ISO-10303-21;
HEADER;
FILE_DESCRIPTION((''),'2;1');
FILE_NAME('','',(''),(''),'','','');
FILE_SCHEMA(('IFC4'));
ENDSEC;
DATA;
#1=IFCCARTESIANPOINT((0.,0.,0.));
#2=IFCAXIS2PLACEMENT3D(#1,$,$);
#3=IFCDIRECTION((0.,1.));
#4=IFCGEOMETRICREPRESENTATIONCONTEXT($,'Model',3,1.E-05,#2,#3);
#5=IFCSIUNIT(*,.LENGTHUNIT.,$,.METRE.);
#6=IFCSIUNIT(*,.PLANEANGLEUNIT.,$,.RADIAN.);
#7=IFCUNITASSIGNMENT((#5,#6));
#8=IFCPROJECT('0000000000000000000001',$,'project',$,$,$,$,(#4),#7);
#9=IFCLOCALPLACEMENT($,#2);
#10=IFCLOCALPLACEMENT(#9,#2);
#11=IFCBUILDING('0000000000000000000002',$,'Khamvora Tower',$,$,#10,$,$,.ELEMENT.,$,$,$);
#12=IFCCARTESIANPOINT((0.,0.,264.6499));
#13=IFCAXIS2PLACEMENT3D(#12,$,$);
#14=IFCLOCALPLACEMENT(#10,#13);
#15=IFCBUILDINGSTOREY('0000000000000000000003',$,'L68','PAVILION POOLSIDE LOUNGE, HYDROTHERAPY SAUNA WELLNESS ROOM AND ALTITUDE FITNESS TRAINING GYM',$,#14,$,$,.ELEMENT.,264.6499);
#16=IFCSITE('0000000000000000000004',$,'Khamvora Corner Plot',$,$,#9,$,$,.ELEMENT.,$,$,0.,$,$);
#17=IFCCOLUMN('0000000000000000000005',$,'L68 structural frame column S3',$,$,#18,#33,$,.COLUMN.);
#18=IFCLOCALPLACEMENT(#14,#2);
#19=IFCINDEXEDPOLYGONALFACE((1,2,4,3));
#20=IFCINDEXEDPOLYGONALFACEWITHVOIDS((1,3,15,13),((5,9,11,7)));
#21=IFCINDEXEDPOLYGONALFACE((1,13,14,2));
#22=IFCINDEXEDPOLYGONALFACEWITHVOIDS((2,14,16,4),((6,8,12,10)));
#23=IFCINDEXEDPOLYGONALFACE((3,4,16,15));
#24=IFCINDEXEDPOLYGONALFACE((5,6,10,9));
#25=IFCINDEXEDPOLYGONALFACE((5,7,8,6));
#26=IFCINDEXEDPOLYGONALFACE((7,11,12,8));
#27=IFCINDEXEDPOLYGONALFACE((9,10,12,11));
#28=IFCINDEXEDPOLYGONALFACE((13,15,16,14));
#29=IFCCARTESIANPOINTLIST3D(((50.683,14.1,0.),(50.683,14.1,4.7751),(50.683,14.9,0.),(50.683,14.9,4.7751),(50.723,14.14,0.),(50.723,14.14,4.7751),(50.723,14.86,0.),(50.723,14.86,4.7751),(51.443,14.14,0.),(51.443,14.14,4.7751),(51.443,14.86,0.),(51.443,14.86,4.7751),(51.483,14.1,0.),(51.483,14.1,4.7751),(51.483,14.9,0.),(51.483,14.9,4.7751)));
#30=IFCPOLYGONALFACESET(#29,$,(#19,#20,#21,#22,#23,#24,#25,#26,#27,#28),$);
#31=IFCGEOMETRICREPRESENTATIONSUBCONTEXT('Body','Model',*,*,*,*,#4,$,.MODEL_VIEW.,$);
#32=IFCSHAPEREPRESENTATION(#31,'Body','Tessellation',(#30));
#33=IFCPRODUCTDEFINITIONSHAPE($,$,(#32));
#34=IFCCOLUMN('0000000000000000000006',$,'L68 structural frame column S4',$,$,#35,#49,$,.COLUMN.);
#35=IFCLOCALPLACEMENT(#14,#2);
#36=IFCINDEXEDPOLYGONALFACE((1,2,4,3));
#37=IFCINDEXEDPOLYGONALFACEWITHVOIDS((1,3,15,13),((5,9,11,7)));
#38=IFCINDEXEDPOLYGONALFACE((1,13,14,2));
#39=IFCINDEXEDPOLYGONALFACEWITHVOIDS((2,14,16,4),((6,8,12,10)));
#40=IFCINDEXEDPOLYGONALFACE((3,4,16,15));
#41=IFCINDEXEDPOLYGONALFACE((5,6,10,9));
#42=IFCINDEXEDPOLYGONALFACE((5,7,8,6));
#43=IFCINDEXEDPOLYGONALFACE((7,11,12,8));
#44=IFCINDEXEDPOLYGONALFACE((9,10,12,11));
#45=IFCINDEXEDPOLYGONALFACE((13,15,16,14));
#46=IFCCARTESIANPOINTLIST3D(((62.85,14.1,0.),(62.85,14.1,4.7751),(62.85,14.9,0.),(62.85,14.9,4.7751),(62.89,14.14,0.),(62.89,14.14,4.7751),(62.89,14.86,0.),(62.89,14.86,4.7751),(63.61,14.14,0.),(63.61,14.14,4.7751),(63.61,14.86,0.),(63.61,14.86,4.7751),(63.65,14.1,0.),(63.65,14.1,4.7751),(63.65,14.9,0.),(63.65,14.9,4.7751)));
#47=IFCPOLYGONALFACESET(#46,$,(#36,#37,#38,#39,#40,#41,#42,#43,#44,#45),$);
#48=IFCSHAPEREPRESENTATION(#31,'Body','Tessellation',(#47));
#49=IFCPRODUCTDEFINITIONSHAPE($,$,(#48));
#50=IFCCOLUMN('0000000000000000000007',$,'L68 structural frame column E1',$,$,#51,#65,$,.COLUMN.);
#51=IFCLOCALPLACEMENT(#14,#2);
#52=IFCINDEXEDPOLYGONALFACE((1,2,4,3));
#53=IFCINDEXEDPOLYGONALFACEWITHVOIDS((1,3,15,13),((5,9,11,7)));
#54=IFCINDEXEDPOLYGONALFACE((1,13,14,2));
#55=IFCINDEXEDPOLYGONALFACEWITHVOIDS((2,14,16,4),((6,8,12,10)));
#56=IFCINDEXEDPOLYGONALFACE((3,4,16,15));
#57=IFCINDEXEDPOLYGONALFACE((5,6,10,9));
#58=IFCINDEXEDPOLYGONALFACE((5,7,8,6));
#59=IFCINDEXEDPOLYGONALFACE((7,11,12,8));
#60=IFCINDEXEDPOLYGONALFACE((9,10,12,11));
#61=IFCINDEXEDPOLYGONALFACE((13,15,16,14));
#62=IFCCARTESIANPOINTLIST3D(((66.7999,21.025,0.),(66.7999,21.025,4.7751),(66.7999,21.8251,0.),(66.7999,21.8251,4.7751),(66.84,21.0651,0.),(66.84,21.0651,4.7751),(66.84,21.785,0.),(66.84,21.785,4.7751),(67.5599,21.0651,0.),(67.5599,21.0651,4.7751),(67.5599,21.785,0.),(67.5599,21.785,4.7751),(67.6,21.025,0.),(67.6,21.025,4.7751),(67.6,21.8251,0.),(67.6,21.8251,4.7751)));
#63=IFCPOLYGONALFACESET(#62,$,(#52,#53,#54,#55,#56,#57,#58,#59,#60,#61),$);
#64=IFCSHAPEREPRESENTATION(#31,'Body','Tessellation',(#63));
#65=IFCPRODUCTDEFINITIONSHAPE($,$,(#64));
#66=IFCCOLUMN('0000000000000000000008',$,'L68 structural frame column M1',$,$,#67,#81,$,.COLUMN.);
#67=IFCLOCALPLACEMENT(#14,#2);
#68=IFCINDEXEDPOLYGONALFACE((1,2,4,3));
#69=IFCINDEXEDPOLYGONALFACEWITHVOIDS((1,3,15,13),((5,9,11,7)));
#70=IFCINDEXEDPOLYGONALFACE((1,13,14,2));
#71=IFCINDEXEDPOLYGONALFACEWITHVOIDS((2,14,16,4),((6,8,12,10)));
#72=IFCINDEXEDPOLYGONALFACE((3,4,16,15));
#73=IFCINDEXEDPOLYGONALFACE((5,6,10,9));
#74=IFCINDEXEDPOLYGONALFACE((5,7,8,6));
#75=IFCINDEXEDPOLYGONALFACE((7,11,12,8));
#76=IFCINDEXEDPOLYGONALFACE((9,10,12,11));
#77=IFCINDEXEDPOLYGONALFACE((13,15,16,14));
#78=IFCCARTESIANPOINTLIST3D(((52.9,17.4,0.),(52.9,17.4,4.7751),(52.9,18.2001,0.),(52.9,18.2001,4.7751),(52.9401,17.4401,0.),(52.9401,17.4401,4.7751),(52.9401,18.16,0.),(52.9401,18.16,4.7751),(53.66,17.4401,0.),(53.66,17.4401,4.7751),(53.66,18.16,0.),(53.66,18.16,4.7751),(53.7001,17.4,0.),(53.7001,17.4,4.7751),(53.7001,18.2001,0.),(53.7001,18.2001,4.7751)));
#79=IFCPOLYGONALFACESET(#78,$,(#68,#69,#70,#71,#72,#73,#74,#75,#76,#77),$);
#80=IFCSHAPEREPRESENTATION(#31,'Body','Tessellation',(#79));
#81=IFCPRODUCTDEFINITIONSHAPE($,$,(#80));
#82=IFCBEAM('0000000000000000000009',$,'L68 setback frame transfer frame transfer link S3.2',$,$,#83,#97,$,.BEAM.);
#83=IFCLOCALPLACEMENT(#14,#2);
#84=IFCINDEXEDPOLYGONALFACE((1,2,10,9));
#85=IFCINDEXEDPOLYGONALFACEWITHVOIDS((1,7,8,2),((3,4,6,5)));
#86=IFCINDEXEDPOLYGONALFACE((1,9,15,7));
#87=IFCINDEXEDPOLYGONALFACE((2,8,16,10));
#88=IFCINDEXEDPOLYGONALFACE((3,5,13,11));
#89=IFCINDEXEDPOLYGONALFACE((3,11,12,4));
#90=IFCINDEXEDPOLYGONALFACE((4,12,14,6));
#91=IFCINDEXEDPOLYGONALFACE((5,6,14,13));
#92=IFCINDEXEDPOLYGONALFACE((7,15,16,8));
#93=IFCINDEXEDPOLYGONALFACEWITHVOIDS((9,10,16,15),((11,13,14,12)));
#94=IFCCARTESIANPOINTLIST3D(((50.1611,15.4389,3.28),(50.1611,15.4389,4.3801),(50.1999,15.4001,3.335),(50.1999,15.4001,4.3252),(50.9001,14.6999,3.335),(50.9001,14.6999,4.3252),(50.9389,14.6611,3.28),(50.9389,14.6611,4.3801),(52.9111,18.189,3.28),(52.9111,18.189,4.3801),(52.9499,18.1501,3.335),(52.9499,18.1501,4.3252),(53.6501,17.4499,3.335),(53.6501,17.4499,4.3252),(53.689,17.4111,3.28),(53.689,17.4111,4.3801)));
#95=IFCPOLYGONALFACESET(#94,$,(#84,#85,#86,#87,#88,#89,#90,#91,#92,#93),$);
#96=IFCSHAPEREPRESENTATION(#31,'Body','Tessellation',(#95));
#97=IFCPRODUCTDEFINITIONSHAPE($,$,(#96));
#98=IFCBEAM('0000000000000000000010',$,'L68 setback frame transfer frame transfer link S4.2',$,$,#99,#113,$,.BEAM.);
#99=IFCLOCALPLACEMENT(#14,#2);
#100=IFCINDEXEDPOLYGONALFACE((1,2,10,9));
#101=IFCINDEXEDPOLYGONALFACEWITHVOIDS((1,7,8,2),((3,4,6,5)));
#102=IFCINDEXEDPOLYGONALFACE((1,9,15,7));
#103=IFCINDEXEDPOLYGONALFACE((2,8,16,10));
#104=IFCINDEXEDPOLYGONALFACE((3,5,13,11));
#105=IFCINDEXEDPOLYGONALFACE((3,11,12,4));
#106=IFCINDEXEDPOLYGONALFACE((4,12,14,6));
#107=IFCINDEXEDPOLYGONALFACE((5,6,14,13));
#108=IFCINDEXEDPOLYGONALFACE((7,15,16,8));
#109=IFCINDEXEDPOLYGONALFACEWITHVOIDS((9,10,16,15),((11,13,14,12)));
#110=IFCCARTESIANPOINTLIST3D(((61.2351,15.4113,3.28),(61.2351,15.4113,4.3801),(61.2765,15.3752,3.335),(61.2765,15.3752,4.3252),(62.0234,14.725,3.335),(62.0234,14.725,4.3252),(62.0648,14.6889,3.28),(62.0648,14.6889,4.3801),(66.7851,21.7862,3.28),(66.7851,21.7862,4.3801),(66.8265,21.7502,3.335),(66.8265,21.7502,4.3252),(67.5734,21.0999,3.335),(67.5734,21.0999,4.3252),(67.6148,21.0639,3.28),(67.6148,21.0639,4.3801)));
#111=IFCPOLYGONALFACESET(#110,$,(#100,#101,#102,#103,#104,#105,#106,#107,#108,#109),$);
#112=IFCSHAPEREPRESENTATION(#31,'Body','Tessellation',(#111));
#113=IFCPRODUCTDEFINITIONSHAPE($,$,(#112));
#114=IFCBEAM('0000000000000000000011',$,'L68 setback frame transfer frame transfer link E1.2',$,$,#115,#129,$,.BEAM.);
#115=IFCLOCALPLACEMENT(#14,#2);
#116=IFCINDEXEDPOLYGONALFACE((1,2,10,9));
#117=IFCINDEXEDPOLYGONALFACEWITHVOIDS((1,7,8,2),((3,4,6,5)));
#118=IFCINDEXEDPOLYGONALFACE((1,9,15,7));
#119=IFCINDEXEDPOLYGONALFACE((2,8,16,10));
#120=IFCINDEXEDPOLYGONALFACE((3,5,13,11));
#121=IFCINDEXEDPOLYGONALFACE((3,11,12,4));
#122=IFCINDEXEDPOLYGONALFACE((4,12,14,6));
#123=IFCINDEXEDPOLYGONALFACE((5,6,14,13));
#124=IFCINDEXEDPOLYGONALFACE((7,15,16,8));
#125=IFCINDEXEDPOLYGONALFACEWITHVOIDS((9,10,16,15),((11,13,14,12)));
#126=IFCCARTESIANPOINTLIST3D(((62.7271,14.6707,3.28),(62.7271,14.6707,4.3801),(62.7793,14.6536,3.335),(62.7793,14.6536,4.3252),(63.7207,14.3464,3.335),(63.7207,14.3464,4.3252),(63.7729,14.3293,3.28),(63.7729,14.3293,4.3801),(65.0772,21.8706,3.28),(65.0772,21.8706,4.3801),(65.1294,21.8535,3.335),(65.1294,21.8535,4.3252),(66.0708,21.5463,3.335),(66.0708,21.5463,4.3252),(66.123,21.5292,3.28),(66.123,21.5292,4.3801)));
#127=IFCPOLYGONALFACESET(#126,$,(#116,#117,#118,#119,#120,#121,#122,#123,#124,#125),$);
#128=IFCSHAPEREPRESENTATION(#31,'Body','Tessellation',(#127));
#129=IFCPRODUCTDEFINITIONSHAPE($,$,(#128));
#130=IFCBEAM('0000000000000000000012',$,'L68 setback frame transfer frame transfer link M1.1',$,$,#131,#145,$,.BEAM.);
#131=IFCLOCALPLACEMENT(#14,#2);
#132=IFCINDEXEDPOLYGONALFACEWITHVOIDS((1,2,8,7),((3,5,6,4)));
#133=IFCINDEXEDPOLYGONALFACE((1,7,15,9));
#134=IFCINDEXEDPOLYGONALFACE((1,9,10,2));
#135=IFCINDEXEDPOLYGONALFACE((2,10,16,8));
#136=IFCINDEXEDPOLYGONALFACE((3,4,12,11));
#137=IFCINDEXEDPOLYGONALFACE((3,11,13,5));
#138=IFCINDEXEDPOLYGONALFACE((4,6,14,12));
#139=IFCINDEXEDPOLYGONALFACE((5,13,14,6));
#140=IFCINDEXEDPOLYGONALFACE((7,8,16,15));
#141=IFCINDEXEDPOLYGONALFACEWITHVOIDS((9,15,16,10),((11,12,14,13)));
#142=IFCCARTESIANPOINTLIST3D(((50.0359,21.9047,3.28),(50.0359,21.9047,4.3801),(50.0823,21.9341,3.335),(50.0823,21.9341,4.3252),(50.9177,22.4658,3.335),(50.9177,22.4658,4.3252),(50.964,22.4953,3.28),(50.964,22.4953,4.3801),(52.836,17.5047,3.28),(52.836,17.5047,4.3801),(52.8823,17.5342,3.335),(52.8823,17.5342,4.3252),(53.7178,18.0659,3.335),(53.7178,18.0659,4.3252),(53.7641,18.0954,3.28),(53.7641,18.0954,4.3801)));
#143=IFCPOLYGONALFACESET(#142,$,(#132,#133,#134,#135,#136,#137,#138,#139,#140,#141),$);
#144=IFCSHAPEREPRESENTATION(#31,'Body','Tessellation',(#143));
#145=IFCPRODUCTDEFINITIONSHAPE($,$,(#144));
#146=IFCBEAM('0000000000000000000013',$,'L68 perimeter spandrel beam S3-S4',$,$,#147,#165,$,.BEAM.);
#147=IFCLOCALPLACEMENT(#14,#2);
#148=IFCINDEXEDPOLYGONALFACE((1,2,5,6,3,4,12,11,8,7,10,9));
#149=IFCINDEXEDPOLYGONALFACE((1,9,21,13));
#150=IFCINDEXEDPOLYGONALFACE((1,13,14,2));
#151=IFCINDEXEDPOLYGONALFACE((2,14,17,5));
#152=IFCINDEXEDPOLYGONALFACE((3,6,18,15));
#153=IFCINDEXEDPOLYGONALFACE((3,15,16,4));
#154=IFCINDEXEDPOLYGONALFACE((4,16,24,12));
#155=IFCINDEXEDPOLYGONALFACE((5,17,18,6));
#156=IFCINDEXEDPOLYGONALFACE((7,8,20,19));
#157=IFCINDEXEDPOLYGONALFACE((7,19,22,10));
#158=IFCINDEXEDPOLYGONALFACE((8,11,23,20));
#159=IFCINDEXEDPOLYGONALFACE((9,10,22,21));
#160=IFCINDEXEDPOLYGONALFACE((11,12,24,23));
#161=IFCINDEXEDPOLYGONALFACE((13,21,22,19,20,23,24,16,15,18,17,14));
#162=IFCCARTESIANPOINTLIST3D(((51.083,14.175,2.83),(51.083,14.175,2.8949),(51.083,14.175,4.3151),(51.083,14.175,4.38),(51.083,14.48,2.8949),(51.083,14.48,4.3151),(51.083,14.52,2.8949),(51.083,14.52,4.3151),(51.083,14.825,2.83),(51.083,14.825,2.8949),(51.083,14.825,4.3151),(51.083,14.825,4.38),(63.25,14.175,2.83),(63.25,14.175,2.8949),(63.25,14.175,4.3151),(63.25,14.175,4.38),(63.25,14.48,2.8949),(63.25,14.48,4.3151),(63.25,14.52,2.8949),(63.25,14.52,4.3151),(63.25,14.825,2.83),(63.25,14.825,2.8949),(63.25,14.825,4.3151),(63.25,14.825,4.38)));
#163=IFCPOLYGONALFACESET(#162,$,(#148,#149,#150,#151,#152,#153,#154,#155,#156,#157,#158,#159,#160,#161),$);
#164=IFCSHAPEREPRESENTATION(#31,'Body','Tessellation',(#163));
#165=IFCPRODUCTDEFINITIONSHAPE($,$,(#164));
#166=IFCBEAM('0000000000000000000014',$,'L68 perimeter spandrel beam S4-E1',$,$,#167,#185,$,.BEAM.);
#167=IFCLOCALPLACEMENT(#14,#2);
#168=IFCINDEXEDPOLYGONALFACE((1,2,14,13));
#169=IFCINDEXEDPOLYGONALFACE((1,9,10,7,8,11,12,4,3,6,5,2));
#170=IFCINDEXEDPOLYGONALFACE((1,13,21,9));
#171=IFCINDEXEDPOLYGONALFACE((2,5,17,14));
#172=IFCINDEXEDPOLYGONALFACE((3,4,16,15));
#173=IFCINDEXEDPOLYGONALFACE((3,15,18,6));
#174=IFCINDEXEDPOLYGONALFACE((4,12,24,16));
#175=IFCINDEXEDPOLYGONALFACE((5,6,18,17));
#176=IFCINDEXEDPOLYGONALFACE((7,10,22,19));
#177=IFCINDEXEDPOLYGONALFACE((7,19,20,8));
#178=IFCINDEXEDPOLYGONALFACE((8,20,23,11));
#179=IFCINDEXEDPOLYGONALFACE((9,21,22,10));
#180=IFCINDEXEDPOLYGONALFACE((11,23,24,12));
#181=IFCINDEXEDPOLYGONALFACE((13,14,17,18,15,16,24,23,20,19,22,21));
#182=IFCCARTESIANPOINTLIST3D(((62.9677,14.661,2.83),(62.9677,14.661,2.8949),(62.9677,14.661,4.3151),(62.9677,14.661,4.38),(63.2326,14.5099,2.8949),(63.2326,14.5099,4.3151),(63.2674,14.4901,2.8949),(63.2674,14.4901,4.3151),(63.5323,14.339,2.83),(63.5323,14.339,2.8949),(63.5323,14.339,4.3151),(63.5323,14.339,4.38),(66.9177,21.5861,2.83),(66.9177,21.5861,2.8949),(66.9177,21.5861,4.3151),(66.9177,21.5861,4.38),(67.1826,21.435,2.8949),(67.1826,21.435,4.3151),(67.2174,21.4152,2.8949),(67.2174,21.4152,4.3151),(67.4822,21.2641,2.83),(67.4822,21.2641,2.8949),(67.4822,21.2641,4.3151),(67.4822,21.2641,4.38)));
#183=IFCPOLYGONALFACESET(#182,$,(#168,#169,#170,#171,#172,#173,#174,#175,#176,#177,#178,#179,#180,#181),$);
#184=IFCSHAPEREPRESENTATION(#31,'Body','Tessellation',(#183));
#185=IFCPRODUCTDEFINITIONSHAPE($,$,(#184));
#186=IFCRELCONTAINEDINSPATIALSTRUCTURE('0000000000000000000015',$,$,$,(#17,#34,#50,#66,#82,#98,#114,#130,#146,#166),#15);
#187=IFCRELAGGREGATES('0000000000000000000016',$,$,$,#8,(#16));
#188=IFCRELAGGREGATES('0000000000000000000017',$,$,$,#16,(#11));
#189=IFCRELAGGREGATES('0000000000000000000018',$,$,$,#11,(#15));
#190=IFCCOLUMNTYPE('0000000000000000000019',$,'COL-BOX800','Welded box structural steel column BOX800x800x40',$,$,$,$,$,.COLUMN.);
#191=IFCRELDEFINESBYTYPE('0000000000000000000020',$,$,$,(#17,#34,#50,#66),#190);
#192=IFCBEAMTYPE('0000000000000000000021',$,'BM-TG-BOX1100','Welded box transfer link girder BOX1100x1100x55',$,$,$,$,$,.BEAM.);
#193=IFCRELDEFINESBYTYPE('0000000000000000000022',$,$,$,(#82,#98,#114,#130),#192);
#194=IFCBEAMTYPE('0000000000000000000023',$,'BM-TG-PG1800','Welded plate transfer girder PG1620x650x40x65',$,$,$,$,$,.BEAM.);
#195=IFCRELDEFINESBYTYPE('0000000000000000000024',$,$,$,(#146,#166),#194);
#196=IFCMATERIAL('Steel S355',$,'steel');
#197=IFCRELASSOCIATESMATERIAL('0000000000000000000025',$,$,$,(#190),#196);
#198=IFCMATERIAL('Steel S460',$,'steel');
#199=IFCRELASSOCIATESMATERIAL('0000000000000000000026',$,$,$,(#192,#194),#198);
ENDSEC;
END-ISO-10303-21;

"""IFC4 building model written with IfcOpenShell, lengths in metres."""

from ifc_helpers import new_model, si_unit, direction, frame, origin, origin_2d, place, context, subcontext, project, spatial, hollow_rectangle, i_section, extrude, material, material_profile, profile_set, type_object, element, save


model = new_model("IFC4")

# Units and contexts
model_context = context("Model", 3, precision=1e-05, world=origin(), true_north=direction((0.0, 1.0)))
body_context = subcontext(model_context, "Body", "Model", "MODEL_VIEW")
ifc_project = project(units=[si_unit("LENGTHUNIT", "METRE"), si_unit("PLANEANGLEUNIT", "RADIAN")], contexts=[model_context])

# Site, building, storey
site_placement = place(None, origin())
site = spatial("IfcSite", under=ifc_project, at=site_placement, Name="Khamvora Corner Plot", CompositionType="ELEMENT", RefElevation=0.0)
building_placement = place(site_placement, origin())
building = spatial("IfcBuilding", under=site, at=building_placement, Name="Khamvora Tower", CompositionType="ELEMENT")
storey_placement = place(building_placement, frame((0.0, 0.0, 264.6499)))
storey = spatial("IfcBuildingStorey", under=building, at=storey_placement, Name="L68", Description="PAVILION POOLSIDE LOUNGE, HYDROTHERAPY SAUNA WELLNESS ROOM AND ALTITUDE FITNESS TRAINING GYM", CompositionType="ELEMENT", Elevation=264.6499)

# Columns
ifc_material_1 = material(Name="Steel S355", Category="steel")
ifc_material_profile_1 = material_profile(ifc_material_1, hollow_rectangle(XDim=0.8, YDim=0.8, WallThickness=0.04, at=origin_2d()), Name="BOX800x800x40")
ifc_profile_set_1 = profile_set([ifc_material_profile_1], Name="Steel S355")
column_type = type_object("IfcColumnType", Name="COL-BOX800", Description="Welded box structural steel column BOX800x800x40", PredefinedType="COLUMN", material=ifc_profile_set_1)
for number, where, z_axis, x_axis, name in (
    (1, (51.083, 14.5, 0.0), (0.0, 0.0, 1.0), (1.0, 0.0, 0.0), "L68 structural frame column S3"),
    (2, (63.25, 14.5, 0.0), (0.0, 0.0, 1.0), (1.0, 0.0, 0.0), "L68 structural frame column S4"),
    (3, (67.2, 21.425, 0.0), (0.0, 0.0, 1.0), (1.0, 0.0, 0.0), "L68 structural frame column E1"),
    (4, (53.3, 17.8, 0.0), (0.0, 0.0, 1.0), (1.0, 0.0, 0.0), "L68 structural frame column M1"),
):
    element("IfcColumn", number, at=place(storey_placement, frame(where, z_axis=z_axis, x_axis=x_axis)), inside=storey, type_object=column_type, Name=name, PredefinedType="COLUMN", context=body_context, shape_type="SweptSolid", body=[
        extrude(hollow_rectangle(XDim=0.8, YDim=0.8, WallThickness=0.04, at=origin_2d()), origin(), (0.0, 0.0, 1.0), 4.7751),
    ])

# Beams
ifc_material_2 = material(Name="Steel S460", Category="steel")
ifc_material_profile_2 = material_profile(ifc_material_2, hollow_rectangle(XDim=1.1001, YDim=1.1001, WallThickness=0.0549, at=origin_2d()), Name="BOX1100x1100x55")
ifc_profile_set_2 = profile_set([ifc_material_profile_2], Name="Steel S460")
beam_type_1 = type_object("IfcBeamType", Name="BM-TG-BOX1100", Description="Welded box transfer link girder BOX1100x1100x55", PredefinedType="BEAM", material=ifc_profile_set_2)
beam_1_placement = place(storey_placement, frame((53.3, 17.8, 3.8301), z_axis=(-0.707107, -0.707107, 0.0), x_axis=(0.707107, -0.707107, 0.0)))
element("IfcBeam", 5, at=beam_1_placement, inside=storey, type_object=beam_type_1, Name="L68 setback frame transfer frame transfer link S3.2", PredefinedType="BEAM", context=body_context, shape_type="SweptSolid", body=[
    extrude(hollow_rectangle(XDim=1.1001, YDim=1.1001, WallThickness=0.0549, at=origin_2d()), origin(), (0.0, 0.0, 1.0), 3.8892),
])
beam_2_placement = place(storey_placement, frame((67.2, 21.425, 3.8301), z_axis=(-0.656621, -0.75422, 0.0), x_axis=(0.75422, -0.656621, 0.0)))
element("IfcBeam", 6, at=beam_2_placement, inside=storey, type_object=beam_type_1, Name="L68 setback frame transfer frame transfer link S4.2", PredefinedType="BEAM", context=body_context, shape_type="SweptSolid", body=[
    extrude(hollow_rectangle(XDim=1.1001, YDim=1.1001, WallThickness=0.0549, at=origin_2d()), origin(), (0.0, 0.0, 1.0), 8.4524),
])
beam_3_placement = place(storey_placement, frame((63.25, 14.5, 3.8301), z_axis=(0.310294, 0.950641, 0.0), x_axis=(-0.950641, 0.310294, 0.0)))
element("IfcBeam", 7, at=beam_3_placement, inside=storey, type_object=beam_type_1, Name="L68 setback frame transfer frame transfer link E1.2", PredefinedType="BEAM", context=body_context, shape_type="SweptSolid", body=[
    extrude(hollow_rectangle(XDim=1.1001, YDim=1.1001, WallThickness=0.0549, at=origin_2d()), origin(), (0.0, 0.0, 1.0), 7.5737),
])
beam_4_placement = place(storey_placement, frame((53.3, 17.8, 3.8301), z_axis=(-0.536891, 0.843652, 0.0), x_axis=(-0.843652, -0.536891, 0.0)))
element("IfcBeam", 8, at=beam_4_placement, inside=storey, type_object=beam_type_1, Name="L68 setback frame transfer frame transfer link M1.1", PredefinedType="BEAM", context=body_context, shape_type="SweptSolid", body=[
    extrude(hollow_rectangle(XDim=1.1001, YDim=1.1001, WallThickness=0.0549, at=origin_2d()), origin(), (0.0, 0.0, 1.0), 5.2153),
])
ifc_material_profile_3 = material_profile(ifc_material_2, i_section(OverallWidth=0.6499, OverallDepth=1.55, WebThickness=0.04, FlangeThickness=0.0649, at=origin_2d()), Name="PG1550x650x40x65")
ifc_profile_set_3 = profile_set([ifc_material_profile_3], Name="Steel S460")
beam_type_2 = type_object("IfcBeamType", Name="BM-TG-PG1800", Description="Welded plate transfer girder PG1620x650x40x65", PredefinedType="BEAM", material=ifc_profile_set_3)
beam_5_placement = place(storey_placement, frame((51.083, 14.5, 3.605), z_axis=(1.0, 0.0, 0.0), x_axis=(0.0, 1.0, 0.0)))
element("IfcBeam", 9, at=beam_5_placement, inside=storey, type_object=beam_type_2, Name="L68 perimeter spandrel beam S3-S4", PredefinedType="BEAM", context=body_context, shape_type="SweptSolid", body=[
    extrude(i_section(OverallWidth=0.6499, OverallDepth=1.55, WebThickness=0.04, FlangeThickness=0.0649, at=origin_2d()), origin(), (0.0, 0.0, 1.0), 12.167),
])
beam_6_placement = place(storey_placement, frame((63.25, 14.5, 3.605), z_axis=(0.495456, 0.868633, 0.0), x_axis=(-0.868633, 0.495456, 0.0)))
element("IfcBeam", 10, at=beam_6_placement, inside=storey, type_object=beam_type_2, Name="L68 perimeter spandrel beam S4-E1", PredefinedType="BEAM", context=body_context, shape_type="SweptSolid", body=[
    extrude(i_section(OverallWidth=0.6499, OverallDepth=1.55, WebThickness=0.04, FlangeThickness=0.0649, at=origin_2d()), origin(), (0.0, 0.0, 1.0), 7.9724),
])

save(model, "model.ifc")
